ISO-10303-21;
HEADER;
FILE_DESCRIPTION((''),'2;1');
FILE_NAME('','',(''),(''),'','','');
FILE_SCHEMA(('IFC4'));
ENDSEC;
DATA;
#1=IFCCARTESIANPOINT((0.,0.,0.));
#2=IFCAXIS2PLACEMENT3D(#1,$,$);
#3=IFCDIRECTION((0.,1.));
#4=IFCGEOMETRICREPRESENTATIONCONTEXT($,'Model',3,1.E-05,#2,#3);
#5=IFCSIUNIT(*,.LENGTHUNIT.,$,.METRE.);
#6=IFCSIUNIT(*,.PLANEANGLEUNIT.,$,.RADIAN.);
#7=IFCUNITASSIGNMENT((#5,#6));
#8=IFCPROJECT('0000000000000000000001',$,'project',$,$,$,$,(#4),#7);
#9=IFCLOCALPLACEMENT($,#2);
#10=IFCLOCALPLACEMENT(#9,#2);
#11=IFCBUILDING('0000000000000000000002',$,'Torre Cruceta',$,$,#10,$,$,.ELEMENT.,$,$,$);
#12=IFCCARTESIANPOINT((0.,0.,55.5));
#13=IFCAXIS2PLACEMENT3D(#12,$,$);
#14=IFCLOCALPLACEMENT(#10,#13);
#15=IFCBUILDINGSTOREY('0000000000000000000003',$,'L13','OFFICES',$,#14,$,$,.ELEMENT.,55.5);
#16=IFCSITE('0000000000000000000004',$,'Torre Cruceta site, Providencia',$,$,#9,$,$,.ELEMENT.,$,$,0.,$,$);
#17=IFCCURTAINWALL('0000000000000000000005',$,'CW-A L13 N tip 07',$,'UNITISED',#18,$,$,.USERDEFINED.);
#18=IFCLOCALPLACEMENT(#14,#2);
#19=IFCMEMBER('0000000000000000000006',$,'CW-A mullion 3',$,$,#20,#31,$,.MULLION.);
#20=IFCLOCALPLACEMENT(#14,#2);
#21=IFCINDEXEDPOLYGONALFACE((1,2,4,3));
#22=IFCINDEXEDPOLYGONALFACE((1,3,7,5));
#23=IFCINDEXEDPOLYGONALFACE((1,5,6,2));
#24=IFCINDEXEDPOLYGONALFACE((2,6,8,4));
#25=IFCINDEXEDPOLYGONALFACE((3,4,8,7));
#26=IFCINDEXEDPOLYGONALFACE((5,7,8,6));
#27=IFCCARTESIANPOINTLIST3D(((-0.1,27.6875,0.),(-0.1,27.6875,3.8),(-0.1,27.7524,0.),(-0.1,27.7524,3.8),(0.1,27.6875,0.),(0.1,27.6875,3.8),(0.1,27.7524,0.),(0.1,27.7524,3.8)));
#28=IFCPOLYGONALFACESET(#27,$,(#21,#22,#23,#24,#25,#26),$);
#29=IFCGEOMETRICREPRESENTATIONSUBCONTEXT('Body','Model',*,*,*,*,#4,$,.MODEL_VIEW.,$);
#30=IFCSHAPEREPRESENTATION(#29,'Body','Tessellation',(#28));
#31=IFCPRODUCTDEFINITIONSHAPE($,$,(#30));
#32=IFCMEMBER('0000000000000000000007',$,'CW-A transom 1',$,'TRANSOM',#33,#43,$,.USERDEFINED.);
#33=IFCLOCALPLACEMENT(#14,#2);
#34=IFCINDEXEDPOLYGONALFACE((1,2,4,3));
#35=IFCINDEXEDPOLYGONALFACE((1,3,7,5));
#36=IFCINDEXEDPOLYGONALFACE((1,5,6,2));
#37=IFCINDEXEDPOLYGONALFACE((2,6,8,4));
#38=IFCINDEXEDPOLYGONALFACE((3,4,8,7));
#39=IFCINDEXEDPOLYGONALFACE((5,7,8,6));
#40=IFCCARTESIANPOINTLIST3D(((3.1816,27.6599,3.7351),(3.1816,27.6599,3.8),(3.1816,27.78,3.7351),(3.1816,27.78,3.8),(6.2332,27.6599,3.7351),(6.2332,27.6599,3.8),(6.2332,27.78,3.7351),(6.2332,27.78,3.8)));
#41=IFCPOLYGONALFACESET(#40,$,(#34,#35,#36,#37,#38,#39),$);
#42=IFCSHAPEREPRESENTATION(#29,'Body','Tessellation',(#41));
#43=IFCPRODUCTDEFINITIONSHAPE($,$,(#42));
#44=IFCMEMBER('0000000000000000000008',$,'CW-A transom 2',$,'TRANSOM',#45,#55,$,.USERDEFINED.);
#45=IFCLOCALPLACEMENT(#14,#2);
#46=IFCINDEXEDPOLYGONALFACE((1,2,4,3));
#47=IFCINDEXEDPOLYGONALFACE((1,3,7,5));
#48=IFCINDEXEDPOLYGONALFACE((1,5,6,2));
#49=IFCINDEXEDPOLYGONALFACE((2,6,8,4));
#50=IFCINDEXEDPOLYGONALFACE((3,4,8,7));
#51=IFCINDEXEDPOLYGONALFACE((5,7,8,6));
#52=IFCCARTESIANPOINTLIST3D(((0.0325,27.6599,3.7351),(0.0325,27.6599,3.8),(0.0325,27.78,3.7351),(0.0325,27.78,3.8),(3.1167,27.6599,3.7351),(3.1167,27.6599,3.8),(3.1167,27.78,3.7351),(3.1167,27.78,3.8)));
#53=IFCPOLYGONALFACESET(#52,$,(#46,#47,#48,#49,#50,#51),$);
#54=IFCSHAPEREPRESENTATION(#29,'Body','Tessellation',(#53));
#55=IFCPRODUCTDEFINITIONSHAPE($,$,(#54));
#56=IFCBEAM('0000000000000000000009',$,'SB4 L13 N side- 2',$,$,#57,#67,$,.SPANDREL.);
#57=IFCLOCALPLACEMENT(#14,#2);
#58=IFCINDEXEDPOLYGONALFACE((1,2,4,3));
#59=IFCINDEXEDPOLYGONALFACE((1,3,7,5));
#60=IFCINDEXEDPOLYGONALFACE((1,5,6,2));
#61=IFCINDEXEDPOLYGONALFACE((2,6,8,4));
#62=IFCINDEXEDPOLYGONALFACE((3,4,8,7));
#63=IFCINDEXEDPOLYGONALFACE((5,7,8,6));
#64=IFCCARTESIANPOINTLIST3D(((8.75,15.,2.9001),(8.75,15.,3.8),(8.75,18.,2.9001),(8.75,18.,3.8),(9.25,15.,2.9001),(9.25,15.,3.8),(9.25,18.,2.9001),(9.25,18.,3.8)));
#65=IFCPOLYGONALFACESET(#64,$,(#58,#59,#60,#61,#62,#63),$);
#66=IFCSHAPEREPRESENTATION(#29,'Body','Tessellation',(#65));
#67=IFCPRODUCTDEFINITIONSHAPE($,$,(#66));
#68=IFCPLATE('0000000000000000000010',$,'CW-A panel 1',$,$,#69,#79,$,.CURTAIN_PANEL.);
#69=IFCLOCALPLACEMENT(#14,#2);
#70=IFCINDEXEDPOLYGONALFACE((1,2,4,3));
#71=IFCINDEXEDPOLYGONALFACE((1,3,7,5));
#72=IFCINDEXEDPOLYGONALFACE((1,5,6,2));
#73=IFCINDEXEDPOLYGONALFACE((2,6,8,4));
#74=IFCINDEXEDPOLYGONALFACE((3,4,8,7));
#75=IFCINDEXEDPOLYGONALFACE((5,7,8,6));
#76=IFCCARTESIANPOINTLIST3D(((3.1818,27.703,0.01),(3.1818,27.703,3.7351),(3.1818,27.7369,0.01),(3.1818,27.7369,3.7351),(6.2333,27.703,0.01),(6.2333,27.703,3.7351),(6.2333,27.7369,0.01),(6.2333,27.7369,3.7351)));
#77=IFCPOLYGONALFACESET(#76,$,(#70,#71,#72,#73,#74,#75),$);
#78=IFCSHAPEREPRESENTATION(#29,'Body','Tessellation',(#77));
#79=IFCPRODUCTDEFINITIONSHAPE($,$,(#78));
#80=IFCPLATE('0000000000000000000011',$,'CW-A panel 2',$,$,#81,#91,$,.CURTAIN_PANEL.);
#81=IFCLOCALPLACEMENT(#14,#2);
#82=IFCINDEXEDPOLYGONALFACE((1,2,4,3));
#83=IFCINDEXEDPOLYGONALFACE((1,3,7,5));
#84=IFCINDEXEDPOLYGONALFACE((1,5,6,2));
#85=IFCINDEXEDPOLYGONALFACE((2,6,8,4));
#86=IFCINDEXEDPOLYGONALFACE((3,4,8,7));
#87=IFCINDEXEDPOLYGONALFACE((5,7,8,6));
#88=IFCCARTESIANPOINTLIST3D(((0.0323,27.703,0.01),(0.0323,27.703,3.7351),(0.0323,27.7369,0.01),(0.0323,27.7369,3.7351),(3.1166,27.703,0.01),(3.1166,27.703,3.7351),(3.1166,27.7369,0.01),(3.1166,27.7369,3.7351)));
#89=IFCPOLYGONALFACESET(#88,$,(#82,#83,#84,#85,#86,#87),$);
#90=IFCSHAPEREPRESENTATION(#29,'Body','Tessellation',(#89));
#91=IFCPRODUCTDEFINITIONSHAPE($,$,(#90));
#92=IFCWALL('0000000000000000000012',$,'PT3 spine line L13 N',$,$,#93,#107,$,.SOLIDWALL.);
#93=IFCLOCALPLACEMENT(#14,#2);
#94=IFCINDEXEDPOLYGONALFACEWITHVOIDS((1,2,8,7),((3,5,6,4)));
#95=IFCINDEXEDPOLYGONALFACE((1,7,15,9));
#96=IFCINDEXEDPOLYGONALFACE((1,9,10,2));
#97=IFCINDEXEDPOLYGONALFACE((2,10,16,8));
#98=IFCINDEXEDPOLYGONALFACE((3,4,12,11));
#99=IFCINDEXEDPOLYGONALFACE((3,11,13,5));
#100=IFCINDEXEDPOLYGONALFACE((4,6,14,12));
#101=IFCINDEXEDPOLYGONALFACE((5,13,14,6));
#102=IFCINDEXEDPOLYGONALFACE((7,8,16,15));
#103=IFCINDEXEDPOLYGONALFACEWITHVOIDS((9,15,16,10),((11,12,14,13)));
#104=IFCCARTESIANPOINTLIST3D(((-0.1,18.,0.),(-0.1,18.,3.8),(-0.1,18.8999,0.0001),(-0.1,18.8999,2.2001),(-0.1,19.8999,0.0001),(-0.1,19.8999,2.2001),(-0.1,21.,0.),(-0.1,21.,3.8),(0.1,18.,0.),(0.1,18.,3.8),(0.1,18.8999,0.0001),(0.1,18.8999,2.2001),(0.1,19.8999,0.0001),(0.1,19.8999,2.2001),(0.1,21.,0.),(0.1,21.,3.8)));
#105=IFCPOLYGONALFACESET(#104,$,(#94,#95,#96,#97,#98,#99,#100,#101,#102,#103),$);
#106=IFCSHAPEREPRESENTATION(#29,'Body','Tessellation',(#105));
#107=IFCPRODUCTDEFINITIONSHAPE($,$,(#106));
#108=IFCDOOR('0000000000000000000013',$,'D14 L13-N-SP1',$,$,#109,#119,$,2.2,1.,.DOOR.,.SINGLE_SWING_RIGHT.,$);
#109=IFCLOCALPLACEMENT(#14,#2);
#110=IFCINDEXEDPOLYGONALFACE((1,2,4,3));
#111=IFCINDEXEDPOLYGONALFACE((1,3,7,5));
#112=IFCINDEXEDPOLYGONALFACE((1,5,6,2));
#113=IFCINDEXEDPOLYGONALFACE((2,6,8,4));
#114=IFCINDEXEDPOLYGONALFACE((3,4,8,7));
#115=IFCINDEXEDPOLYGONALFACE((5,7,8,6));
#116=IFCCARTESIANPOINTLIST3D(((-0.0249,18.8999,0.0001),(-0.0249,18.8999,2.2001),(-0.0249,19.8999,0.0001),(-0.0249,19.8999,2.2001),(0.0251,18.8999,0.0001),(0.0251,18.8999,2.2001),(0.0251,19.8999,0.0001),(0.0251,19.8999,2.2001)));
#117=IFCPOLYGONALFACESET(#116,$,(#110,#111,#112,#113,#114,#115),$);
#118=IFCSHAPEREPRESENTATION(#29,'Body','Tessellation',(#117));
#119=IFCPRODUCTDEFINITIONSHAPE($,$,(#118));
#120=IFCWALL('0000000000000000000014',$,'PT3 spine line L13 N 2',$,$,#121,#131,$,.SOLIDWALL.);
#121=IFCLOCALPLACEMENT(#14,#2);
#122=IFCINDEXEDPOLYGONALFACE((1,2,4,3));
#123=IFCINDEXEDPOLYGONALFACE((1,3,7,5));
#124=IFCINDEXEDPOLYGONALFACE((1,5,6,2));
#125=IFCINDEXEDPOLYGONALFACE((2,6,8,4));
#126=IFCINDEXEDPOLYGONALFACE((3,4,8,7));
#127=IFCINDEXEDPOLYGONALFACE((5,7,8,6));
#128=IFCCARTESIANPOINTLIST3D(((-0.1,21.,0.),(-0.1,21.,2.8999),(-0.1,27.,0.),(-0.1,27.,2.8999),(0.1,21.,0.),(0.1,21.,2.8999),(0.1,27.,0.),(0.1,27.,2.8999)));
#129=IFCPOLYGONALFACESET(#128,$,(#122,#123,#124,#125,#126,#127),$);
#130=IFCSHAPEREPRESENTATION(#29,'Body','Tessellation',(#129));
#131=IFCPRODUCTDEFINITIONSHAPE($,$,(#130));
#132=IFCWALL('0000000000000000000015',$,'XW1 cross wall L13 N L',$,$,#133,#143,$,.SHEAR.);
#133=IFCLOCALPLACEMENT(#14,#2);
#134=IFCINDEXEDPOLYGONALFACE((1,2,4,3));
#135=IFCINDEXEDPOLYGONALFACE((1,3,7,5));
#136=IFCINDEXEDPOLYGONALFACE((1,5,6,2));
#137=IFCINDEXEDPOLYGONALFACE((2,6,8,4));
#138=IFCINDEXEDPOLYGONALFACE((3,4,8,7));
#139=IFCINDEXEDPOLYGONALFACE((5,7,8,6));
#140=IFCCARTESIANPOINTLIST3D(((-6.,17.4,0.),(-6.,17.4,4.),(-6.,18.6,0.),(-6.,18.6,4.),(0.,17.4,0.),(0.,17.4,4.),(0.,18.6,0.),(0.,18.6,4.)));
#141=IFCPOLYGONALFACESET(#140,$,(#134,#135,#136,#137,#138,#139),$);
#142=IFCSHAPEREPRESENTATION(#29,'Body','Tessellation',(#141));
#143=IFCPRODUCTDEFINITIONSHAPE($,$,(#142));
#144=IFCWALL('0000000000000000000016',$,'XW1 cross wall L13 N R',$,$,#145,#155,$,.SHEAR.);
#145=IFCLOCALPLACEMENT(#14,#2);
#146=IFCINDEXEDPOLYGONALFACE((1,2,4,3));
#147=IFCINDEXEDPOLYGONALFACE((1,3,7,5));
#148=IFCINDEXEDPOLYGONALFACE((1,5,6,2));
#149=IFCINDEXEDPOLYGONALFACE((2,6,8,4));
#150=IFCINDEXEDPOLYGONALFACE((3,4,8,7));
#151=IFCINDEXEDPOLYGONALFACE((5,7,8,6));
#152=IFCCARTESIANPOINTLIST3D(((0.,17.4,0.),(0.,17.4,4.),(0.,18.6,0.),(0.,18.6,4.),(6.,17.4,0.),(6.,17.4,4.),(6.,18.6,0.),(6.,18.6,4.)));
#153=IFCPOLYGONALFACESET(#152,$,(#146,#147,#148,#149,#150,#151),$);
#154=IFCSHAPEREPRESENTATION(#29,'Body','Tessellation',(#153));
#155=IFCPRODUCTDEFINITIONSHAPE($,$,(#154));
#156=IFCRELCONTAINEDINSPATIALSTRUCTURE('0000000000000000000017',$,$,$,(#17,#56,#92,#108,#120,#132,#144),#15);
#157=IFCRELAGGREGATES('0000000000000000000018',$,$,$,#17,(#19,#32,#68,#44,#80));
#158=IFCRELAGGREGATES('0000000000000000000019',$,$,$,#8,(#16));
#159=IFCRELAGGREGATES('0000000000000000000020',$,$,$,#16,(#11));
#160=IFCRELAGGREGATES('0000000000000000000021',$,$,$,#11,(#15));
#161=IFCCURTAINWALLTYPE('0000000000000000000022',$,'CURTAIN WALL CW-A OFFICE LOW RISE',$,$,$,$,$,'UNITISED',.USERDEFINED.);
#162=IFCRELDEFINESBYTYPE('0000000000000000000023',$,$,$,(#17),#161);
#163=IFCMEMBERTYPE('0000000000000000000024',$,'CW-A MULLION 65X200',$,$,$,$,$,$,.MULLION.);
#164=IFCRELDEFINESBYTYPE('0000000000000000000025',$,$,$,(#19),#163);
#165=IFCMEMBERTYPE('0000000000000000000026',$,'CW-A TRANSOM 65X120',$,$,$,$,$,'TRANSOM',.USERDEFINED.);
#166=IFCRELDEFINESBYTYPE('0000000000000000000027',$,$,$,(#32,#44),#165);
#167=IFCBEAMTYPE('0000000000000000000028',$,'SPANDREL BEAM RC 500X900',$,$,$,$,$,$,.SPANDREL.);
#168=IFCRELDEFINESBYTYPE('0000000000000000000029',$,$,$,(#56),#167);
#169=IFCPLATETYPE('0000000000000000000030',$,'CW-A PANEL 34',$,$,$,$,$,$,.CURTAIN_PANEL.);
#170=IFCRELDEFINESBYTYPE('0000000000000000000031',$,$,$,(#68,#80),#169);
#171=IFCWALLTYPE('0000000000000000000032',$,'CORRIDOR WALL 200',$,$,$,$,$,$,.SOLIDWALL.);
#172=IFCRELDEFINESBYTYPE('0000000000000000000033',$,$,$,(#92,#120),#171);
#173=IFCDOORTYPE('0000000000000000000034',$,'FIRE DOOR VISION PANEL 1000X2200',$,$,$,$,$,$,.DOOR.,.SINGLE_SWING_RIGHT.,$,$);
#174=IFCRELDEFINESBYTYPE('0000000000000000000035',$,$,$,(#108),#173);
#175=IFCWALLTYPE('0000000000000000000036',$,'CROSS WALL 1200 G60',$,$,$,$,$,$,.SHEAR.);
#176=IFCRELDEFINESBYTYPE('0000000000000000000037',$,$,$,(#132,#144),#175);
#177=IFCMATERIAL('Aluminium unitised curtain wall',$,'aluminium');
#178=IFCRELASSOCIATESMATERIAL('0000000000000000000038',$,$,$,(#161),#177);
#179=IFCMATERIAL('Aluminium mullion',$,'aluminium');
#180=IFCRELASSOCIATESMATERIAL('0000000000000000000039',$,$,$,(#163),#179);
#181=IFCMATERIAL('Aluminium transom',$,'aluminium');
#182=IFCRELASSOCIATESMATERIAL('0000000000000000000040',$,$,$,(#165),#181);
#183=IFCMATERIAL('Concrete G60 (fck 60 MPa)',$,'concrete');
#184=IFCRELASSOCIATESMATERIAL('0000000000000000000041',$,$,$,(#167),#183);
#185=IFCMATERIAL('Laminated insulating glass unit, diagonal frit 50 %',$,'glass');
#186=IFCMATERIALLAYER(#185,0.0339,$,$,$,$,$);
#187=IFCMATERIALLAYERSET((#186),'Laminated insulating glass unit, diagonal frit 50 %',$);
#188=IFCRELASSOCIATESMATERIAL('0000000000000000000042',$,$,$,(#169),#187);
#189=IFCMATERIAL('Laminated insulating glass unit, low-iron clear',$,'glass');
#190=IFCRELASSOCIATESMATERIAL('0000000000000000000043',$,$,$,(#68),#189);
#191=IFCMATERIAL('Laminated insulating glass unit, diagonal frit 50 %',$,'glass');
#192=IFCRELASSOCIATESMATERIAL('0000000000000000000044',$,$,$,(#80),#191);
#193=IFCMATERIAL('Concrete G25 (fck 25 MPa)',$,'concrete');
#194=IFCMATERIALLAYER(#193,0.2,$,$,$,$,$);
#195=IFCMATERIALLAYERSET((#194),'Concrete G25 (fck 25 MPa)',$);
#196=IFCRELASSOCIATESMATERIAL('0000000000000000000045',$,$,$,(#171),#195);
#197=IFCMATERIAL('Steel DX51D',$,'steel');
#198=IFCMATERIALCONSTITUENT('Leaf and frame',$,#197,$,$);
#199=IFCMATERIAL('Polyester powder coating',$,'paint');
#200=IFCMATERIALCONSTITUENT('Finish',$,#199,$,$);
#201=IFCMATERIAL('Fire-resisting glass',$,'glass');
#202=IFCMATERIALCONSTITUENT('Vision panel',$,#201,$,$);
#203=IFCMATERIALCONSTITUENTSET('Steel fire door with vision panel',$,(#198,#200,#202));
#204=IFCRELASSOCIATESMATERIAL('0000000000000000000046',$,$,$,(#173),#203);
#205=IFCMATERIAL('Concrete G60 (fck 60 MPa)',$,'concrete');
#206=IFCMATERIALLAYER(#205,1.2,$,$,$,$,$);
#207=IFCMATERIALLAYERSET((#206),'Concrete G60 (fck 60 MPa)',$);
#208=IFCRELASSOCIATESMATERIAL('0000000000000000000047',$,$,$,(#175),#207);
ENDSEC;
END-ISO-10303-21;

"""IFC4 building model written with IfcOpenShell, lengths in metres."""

from ifc_helpers import new_model, si_unit, direction, frame, frame_2d, origin, origin_2d, place, context, subcontext, project, spatial, rectangle, extrude, material, layer, layer_set, constituent, constituent_set, material_profile, profile_set, type_object, element, fill, aggregate, save


model = new_model("IFC4")

# Units and contexts
model_context = context("Model", 3, precision=1e-05, world=origin(), true_north=direction((0.0, 1.0)))
body_context = subcontext(model_context, "Body", "Model", "MODEL_VIEW")
ifc_project = project(units=[si_unit("LENGTHUNIT", "METRE"), si_unit("PLANEANGLEUNIT", "RADIAN")], contexts=[model_context])

# Site, building, storey
site_placement = place(None, origin())
site = spatial("IfcSite", under=ifc_project, at=site_placement, Name="Torre Cruceta site, Providencia", CompositionType="ELEMENT", RefElevation=0.0)
building_placement = place(site_placement, origin())
building = spatial("IfcBuilding", under=site, at=building_placement, Name="Torre Cruceta", CompositionType="ELEMENT")
storey_placement = place(building_placement, frame((0.0, 0.0, 55.5)))
storey = spatial("IfcBuildingStorey", under=building, at=storey_placement, Name="L13", Description="OFFICES", CompositionType="ELEMENT", Elevation=55.5)

# Curtain wall, members
ifc_material_1 = material(Name="Aluminium unitised curtain wall", Category="aluminium")
curtain_wall_type = type_object("IfcCurtainWallType", Name="CURTAIN WALL CW-A OFFICE LOW RISE", ElementType="UNITISED", PredefinedType="USERDEFINED", material=ifc_material_1)
curtain_wall_placement = place(storey_placement, origin())
curtain_wall = element("IfcCurtainWall", 1, at=curtain_wall_placement, inside=storey, type_object=curtain_wall_type, Name="CW-A L13 N tip 07", ObjectType="UNITISED", PredefinedType="USERDEFINED")
ifc_material_2 = material(Name="Aluminium mullion", Category="aluminium")
ifc_material_profile_1 = material_profile(ifc_material_2, rectangle(XDim=0.0649, YDim=0.2, at=origin_2d()), Name="AL 65X200")
ifc_profile_set_1 = profile_set([ifc_material_profile_1], Name="Aluminium mullion")
member_type_1 = type_object("IfcMemberType", Name="CW-A MULLION 65X200", PredefinedType="MULLION", material=ifc_profile_set_1)
member_1_placement = place(storey_placement, frame((0.0, 27.72, 0.0), z_axis=(0.0, 0.0, 1.0), x_axis=(0.0, -1.0, 0.0)))
member_1 = element("IfcMember", 2, at=member_1_placement, type_object=member_type_1, Name="CW-A mullion 3", PredefinedType="MULLION", context=body_context, shape_type="SweptSolid", body=[
    extrude(rectangle(XDim=0.0649, YDim=0.2, at=origin_2d()), origin(), (0.0, 0.0, 1.0), 3.8),
])
ifc_material_3 = material(Name="Aluminium transom", Category="aluminium")
ifc_material_profile_2 = material_profile(ifc_material_3, rectangle(XDim=0.1201, YDim=0.0649, at=origin_2d()), Name="AL 120X65")
ifc_profile_set_2 = profile_set([ifc_material_profile_2], Name="Aluminium transom")
member_type_2 = type_object("IfcMemberType", Name="CW-A TRANSOM 65X120", ElementType="TRANSOM", PredefinedType="USERDEFINED", material=ifc_profile_set_2)
member_2_placement = place(storey_placement, frame((6.2332, 27.72, 3.7676), z_axis=(-1.0, 0.0, 0.0), x_axis=(0.0, -1.0, 0.0)))
member_2 = element("IfcMember", 3, at=member_2_placement, type_object=member_type_2, Name="CW-A transom 1", ObjectType="TRANSOM", PredefinedType="USERDEFINED", context=body_context, shape_type="SweptSolid", body=[
    extrude(rectangle(XDim=0.1201, YDim=0.0649, at=origin_2d()), origin(), (0.0, 0.0, 1.0), 3.0515),
])
member_3_placement = place(storey_placement, frame((3.1167, 27.72, 3.7676), z_axis=(-1.0, 0.0, 0.0), x_axis=(0.0, -1.0, 0.0)))
member_3 = element("IfcMember", 4, at=member_3_placement, type_object=member_type_2, Name="CW-A transom 2", ObjectType="TRANSOM", PredefinedType="USERDEFINED", context=body_context, shape_type="SweptSolid", body=[
    extrude(rectangle(XDim=0.1201, YDim=0.0649, at=origin_2d()), origin(), (0.0, 0.0, 1.0), 3.0842),
])

# Beam
ifc_material_4 = material(Name="Concrete G60 (fck 60 MPa)", Category="concrete")
ifc_material_profile_3 = material_profile(ifc_material_4, rectangle(XDim=0.5, YDim=0.8999, at=origin_2d()), Name="RC 500X900")
ifc_profile_set_3 = profile_set([ifc_material_profile_3], Name="Concrete G60 (fck 60 MPa)")
beam_type_1 = type_object("IfcBeamType", Name="SPANDREL BEAM RC 500X900", PredefinedType="SPANDREL", material=ifc_profile_set_3)
beam_placement = place(storey_placement, frame((9.0, 15.0, 3.3501), z_axis=(0.0, 1.0, 0.0), x_axis=(-1.0, 0.0, 0.0)))
element("IfcBeam", 5, at=beam_placement, inside=storey, type_object=beam_type_1, Name="SB4 L13 N side- 2", PredefinedType="SPANDREL", context=body_context, shape_type="SweptSolid", body=[
    extrude(rectangle(XDim=0.5, YDim=0.8999, at=origin_2d()), origin(), (0.0, 0.0, 1.0), 3.0),
])

# Plates
ifc_material_5 = material(Name="Laminated insulating glass unit, low-iron clear", Category="glass")
ifc_material_6 = material(Name="Laminated insulating glass unit, diagonal frit 50 %", Category="glass")
ifc_layer_1 = layer(ifc_material_6, 0.0339)
ifc_layer_set_1 = layer_set([ifc_layer_1], Name="Laminated insulating glass unit, diagonal frit 50 %")
plate_type = type_object("IfcPlateType", Name="CW-A PANEL 34", PredefinedType="CURTAIN_PANEL", material=ifc_layer_set_1)
plate_1_placement = place(storey_placement, frame((4.7075, 27.72, 0.01), z_axis=(0.0, 0.0, 1.0), x_axis=(-1.0, 0.0, 0.0)))
plate_1 = element("IfcPlate", 6, at=plate_1_placement, type_object=plate_type, material=ifc_material_5, Name="CW-A panel 1", PredefinedType="CURTAIN_PANEL", context=body_context, shape_type="SweptSolid", body=[
    extrude(rectangle(XDim=3.0515, YDim=0.0339, at=origin_2d()), origin(), (0.0, 0.0, 1.0), 3.7251),
])
ifc_material_7 = material(Name="Laminated insulating glass unit, diagonal frit 50 %", Category="glass")
plate_2_placement = place(storey_placement, frame((1.5745, 27.72, 0.01), z_axis=(0.0, 0.0, 1.0), x_axis=(-1.0, 0.0, 0.0)))
plate_2 = element("IfcPlate", 7, at=plate_2_placement, type_object=plate_type, material=ifc_material_7, Name="CW-A panel 2", PredefinedType="CURTAIN_PANEL", context=body_context, shape_type="SweptSolid", body=[
    extrude(rectangle(XDim=3.0842, YDim=0.0339, at=origin_2d()), origin(), (0.0, 0.0, 1.0), 3.7251),
])
aggregate(curtain_wall, [member_1, member_2, plate_1, member_3, plate_2])

# Wall, opening, door
ifc_material_8 = material(Name="Concrete G25 (fck 25 MPa)", Category="concrete")
ifc_layer_2 = layer(ifc_material_8, 0.2)
ifc_layer_set_2 = layer_set([ifc_layer_2], Name="Concrete G25 (fck 25 MPa)")
wall_type_1 = type_object("IfcWallType", Name="CORRIDOR WALL 200", PredefinedType="SOLIDWALL", material=ifc_layer_set_2)
wall_1_placement = place(storey_placement, frame((0.0, 18.0, 0.0), z_axis=(0.0, 0.0, 1.0), x_axis=(0.0, 1.0, 0.0)))
wall_1 = element("IfcWall", 8, at=wall_1_placement, inside=storey, type_object=wall_type_1, Name="PT3 spine line L13 N", PredefinedType="SOLIDWALL", context=body_context, shape_type="SweptSolid", body=[
    extrude(rectangle(XDim=3.0, YDim=0.2, at=frame_2d((1.5, 0.0))), origin(), (0.0, 0.0, 1.0), 3.8),
])
opening_1_placement = place(wall_1_placement, frame((0.8999, 0.0, 0.0)))
opening_1 = element("IfcOpeningElement", 9, at=opening_1_placement, cuts=wall_1, PredefinedType="OPENING", context=body_context, shape_type="SweptSolid", body=[
    extrude(rectangle(XDim=1.0, YDim=2.2, at=frame_2d((0.5, 1.1001))), frame((0.0, 0.1099, 0.0), z_axis=(0.0, -1.0, 0.0), x_axis=(1.0, 0.0, 0.0)), (0.0, 0.0, 1.0), 0.22),
])
ifc_material_9 = material(Name="Steel DX51D", Category="steel")
ifc_constituent_1 = constituent(ifc_material_9, Name="Leaf and frame")
ifc_material_10 = material(Name="Polyester powder coating", Category="paint")
ifc_constituent_2 = constituent(ifc_material_10, Name="Finish")
ifc_material_11 = material(Name="Fire-resisting glass", Category="glass")
ifc_constituent_3 = constituent(ifc_material_11, Name="Vision panel")
ifc_constituent_set_1 = constituent_set(constituents=[ifc_constituent_1, ifc_constituent_2, ifc_constituent_3], Name="Steel fire door with vision panel")
door_type_1 = type_object("IfcDoorType", Name="FIRE DOOR VISION PANEL 1000X2200", OperationType="SINGLE_SWING_RIGHT", PredefinedType="DOOR", material=ifc_constituent_set_1)
door_1_placement = place(opening_1_placement, frame((1.0, 0.0, 0.0), z_axis=(0.0, 0.0, 1.0), x_axis=(-1.0, 0.0, 0.0)))
door_1 = element("IfcDoor", 10, at=door_1_placement, inside=storey, type_object=door_type_1, Name="D14 L13-N-SP1", OperationType="SINGLE_SWING_RIGHT", OverallHeight=2.2, OverallWidth=1.0, PredefinedType="DOOR", context=body_context, shape_type="SweptSolid", body=[
    extrude(rectangle(XDim=1.0, YDim=2.2, at=frame_2d((0.5, 1.1001))), frame((0.0, 0.0251, 0.0), z_axis=(0.0, -1.0, 0.0), x_axis=(1.0, 0.0, 0.0)), (0.0, 0.0, 1.0), 0.05),
])
fill(opening_1, door_1)

# Walls
wall_2_placement = place(storey_placement, frame((0.0, 21.0, 0.0), z_axis=(0.0, 0.0, 1.0), x_axis=(0.0, 1.0, 0.0)))
element("IfcWall", 11, at=wall_2_placement, inside=storey, type_object=wall_type_1, Name="PT3 spine line L13 N 2", PredefinedType="SOLIDWALL", context=body_context, shape_type="SweptSolid", body=[
    extrude(rectangle(XDim=6.0, YDim=0.2, at=frame_2d((3.0, 0.0))), origin(), (0.0, 0.0, 1.0), 2.8999),
])
ifc_material_12 = material(Name="Concrete G60 (fck 60 MPa)", Category="concrete")
ifc_layer_3 = layer(ifc_material_12, 1.2)
ifc_layer_set_3 = layer_set([ifc_layer_3], Name="Concrete G60 (fck 60 MPa)")
wall_type_2 = type_object("IfcWallType", Name="CROSS WALL 1200 G60", PredefinedType="SHEAR", material=ifc_layer_set_3)
for number, where, z_axis, x_axis, name in (
    (12, (0.0, 18.0, 0.0), (0.0, 0.0, 1.0), (-1.0, 0.0, 0.0), "XW1 cross wall L13 N L"),
    (13, (0.0, 18.0, 0.0), (0.0, 0.0, 1.0), (1.0, 0.0, 0.0), "XW1 cross wall L13 N R"),
):
    element("IfcWall", number, at=place(storey_placement, frame(where, z_axis=z_axis, x_axis=x_axis)), inside=storey, type_object=wall_type_2, Name=name, PredefinedType="SHEAR", context=body_context, shape_type="SweptSolid", body=[
        extrude(rectangle(XDim=6.0, YDim=1.2, at=frame_2d((3.0, 0.0))), origin(), (0.0, 0.0, 1.0), 4.0),
    ])

save(model, "model.ifc")
